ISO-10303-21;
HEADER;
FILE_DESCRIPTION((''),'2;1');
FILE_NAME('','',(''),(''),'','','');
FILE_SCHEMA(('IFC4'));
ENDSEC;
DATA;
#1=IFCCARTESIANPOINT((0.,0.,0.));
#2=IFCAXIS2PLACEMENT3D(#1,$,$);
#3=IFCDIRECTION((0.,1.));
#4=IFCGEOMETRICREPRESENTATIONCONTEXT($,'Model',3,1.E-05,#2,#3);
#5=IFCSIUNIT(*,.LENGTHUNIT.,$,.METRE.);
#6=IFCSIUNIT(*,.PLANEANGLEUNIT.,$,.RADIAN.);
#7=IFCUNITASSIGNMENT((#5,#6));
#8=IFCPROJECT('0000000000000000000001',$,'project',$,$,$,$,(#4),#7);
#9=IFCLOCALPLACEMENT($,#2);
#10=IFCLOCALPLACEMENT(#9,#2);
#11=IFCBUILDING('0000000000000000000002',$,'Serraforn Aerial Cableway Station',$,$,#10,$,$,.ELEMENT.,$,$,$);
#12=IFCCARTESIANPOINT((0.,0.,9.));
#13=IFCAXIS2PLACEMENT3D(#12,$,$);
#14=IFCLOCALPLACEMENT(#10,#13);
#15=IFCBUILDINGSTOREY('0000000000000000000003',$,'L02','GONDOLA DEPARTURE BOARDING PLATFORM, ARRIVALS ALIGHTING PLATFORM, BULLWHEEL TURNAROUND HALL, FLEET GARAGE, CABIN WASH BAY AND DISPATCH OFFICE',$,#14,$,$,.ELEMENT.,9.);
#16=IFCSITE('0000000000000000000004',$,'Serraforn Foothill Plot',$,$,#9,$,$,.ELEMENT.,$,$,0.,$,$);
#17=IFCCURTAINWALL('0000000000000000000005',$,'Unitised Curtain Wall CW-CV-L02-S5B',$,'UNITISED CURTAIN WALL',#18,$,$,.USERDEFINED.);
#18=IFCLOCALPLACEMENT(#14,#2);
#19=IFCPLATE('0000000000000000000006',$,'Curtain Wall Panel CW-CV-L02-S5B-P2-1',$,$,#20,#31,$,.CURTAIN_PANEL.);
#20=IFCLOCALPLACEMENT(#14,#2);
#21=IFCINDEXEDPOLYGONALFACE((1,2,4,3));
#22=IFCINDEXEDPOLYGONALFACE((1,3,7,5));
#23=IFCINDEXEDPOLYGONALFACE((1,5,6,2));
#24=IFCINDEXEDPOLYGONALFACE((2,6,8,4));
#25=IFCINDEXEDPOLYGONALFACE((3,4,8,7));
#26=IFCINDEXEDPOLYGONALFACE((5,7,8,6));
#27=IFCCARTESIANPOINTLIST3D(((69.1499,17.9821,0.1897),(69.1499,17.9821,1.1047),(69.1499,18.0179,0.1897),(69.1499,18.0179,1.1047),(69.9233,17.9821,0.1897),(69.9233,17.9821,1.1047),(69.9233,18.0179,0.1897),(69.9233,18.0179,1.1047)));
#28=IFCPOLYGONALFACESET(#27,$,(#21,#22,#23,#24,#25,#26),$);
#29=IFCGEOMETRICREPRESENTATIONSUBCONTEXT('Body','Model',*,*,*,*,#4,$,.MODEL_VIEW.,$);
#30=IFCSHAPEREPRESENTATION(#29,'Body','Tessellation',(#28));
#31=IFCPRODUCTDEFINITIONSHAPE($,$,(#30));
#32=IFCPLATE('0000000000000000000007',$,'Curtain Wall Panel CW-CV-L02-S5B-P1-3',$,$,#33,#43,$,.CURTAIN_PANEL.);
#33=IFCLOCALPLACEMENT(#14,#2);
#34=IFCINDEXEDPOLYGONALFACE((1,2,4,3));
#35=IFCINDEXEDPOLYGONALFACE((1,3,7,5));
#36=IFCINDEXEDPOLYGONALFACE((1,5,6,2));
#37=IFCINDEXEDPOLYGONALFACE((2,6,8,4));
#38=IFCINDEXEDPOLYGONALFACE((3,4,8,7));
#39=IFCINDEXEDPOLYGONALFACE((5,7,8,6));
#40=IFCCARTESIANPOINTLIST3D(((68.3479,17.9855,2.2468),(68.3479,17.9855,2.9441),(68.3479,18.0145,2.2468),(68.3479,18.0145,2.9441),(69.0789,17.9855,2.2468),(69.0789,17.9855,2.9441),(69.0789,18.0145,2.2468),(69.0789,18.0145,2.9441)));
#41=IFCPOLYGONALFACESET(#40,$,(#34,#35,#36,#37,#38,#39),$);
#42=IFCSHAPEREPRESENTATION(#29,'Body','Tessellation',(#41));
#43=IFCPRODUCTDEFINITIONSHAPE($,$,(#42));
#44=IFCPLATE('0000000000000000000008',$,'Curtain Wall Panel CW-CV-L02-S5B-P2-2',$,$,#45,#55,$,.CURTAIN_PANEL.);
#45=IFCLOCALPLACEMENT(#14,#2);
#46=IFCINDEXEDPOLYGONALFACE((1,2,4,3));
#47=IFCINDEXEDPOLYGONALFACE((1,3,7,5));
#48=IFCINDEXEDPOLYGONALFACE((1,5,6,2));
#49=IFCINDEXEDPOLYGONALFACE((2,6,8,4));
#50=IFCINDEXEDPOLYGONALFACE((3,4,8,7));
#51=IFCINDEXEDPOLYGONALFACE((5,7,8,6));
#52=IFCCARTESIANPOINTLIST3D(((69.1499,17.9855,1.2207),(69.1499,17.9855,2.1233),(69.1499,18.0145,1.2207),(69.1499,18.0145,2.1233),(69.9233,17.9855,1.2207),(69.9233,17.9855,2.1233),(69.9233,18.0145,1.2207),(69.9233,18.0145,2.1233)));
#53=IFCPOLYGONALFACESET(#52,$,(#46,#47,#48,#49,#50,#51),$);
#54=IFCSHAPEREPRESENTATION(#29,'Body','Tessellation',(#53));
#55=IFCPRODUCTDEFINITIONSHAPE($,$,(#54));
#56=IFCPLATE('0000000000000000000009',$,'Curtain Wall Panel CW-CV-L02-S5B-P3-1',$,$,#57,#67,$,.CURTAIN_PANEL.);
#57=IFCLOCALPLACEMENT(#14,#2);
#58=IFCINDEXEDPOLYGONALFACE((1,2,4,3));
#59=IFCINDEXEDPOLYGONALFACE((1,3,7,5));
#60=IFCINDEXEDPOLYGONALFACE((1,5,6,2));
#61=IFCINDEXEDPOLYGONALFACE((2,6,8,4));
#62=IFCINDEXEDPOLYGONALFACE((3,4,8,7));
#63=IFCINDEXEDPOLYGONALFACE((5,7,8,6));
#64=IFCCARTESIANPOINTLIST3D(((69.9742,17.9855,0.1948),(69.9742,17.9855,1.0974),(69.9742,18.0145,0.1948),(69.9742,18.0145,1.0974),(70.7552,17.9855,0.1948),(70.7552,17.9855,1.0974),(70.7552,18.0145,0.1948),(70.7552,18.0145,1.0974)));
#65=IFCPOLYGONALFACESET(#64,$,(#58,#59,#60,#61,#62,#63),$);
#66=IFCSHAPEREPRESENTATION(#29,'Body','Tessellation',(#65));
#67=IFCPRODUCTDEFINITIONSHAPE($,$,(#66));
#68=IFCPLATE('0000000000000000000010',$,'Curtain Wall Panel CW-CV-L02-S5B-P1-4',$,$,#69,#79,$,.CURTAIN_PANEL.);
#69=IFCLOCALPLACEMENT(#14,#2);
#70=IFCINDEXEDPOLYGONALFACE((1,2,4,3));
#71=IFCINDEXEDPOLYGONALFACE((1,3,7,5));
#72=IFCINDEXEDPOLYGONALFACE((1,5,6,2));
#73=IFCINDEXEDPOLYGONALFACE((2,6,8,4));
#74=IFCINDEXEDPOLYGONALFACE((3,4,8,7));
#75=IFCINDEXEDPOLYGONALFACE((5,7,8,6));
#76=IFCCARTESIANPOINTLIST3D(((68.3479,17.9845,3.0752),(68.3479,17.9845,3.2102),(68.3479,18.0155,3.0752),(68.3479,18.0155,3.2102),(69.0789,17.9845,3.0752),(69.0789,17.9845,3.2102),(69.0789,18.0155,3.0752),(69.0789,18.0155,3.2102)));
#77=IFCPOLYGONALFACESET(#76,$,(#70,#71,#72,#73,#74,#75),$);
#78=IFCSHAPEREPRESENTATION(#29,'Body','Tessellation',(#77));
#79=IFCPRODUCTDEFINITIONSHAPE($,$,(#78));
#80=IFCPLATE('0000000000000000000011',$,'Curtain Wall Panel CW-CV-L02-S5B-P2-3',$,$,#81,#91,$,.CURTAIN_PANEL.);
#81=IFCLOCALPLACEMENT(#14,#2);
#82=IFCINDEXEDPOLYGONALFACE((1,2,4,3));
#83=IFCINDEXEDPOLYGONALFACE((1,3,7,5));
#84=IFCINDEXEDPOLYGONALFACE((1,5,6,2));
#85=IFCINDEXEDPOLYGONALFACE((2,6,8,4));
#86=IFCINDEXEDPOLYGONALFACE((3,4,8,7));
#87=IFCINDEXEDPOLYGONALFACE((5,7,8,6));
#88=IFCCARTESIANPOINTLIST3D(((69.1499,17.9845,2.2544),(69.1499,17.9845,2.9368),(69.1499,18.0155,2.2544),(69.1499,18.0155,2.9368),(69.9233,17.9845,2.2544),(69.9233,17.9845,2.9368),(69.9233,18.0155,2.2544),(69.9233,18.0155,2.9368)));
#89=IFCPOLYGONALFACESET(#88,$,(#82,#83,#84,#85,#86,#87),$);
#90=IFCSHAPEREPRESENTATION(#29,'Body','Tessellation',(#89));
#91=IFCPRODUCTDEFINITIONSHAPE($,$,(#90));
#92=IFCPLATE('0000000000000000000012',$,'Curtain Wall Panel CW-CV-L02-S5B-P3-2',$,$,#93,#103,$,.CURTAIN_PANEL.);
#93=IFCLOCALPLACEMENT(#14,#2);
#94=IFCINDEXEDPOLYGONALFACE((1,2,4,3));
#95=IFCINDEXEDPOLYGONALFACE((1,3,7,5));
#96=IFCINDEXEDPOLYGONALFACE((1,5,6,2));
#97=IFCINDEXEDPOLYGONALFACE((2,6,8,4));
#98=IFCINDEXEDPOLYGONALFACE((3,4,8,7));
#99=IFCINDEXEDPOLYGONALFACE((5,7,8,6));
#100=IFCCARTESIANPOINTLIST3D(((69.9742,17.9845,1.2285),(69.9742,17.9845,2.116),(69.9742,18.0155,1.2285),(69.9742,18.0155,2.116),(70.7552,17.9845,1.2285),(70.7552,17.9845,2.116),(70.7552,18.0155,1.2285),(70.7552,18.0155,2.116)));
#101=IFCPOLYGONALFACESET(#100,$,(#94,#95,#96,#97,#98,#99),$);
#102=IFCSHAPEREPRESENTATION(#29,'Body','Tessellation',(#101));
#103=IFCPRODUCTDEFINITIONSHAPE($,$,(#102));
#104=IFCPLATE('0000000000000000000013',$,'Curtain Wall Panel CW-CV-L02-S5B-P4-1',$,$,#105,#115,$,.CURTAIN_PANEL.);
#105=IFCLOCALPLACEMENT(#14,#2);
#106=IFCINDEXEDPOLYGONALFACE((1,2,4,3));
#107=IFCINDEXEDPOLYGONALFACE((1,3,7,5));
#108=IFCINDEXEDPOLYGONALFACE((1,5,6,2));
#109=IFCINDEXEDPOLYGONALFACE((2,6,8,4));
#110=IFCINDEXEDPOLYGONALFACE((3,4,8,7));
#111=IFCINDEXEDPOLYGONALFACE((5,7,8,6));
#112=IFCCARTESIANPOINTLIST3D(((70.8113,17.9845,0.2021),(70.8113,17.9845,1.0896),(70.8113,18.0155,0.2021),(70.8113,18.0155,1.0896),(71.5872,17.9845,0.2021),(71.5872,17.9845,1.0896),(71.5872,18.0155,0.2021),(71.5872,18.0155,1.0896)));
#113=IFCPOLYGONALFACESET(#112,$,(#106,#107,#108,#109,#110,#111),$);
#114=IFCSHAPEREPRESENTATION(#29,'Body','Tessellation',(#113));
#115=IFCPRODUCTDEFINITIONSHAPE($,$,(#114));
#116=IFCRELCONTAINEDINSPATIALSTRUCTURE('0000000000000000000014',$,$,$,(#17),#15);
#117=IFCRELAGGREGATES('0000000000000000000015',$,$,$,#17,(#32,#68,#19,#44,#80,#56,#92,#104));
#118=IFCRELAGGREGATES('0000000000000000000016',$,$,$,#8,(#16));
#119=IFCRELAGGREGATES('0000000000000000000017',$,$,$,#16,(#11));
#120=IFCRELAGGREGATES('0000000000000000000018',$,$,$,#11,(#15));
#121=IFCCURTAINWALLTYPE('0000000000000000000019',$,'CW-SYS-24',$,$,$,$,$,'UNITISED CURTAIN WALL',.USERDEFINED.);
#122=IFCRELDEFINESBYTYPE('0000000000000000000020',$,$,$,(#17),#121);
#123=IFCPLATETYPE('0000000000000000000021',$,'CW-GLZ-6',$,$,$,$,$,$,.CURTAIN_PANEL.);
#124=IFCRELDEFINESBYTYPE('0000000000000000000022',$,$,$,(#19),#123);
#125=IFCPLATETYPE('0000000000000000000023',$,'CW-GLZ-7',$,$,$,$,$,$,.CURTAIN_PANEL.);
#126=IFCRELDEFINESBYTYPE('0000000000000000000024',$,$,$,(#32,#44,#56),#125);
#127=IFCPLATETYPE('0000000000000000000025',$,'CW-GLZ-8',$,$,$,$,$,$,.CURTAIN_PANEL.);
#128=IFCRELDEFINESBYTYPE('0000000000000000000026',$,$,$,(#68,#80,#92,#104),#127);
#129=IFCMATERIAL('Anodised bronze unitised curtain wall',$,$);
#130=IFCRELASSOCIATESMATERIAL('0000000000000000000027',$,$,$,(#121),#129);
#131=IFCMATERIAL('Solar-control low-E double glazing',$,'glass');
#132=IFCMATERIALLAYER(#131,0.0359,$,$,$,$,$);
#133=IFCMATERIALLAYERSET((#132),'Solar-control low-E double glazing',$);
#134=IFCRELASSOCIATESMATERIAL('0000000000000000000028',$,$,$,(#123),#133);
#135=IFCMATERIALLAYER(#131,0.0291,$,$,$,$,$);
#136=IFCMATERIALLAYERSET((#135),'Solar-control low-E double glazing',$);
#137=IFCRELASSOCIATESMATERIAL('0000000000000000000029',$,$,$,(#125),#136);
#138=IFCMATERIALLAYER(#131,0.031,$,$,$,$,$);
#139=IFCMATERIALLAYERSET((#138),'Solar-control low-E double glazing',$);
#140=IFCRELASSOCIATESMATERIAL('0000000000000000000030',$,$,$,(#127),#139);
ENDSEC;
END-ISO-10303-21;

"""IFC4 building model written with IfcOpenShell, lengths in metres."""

from ifc_helpers import new_model, si_unit, direction, frame, origin, origin_2d, place, context, subcontext, project, spatial, rectangle, extrude, material, layer, layer_set, type_object, element, aggregate, save


model = new_model("IFC4")

# Units and contexts
model_context = context("Model", 3, precision=1e-05, world=origin(), true_north=direction((0.0, 1.0)))
body_context = subcontext(model_context, "Body", "Model", "MODEL_VIEW")
ifc_project = project(units=[si_unit("LENGTHUNIT", "METRE"), si_unit("PLANEANGLEUNIT", "RADIAN")], contexts=[model_context])

# Site, building, storey
site_placement = place(None, origin())
site = spatial("IfcSite", under=ifc_project, at=site_placement, Name="Serraforn Foothill Plot", CompositionType="ELEMENT", RefElevation=0.0)
building_placement = place(site_placement, origin())
building = spatial("IfcBuilding", under=site, at=building_placement, Name="Serraforn Aerial Cableway Station", CompositionType="ELEMENT")
storey_placement = place(building_placement, frame((0.0, 0.0, 9.0)))
storey = spatial("IfcBuildingStorey", under=building, at=storey_placement, Name="L02", Description="GONDOLA DEPARTURE BOARDING PLATFORM, ARRIVALS ALIGHTING PLATFORM, BULLWHEEL TURNAROUND HALL, FLEET GARAGE, CABIN WASH BAY AND DISPATCH OFFICE", CompositionType="ELEMENT", Elevation=9.0)

# Curtain wall, plates
ifc_material_1 = material(Name="Anodised bronze unitised curtain wall")
curtain_wall_type = type_object("IfcCurtainWallType", Name="CW-SYS-24", ElementType="UNITISED CURTAIN WALL", PredefinedType="USERDEFINED", material=ifc_material_1)
curtain_wall_placement = place(storey_placement, origin())
curtain_wall = element("IfcCurtainWall", 1, at=curtain_wall_placement, inside=storey, type_object=curtain_wall_type, Name="Unitised Curtain Wall CW-CV-L02-S5B", ObjectType="UNITISED CURTAIN WALL", PredefinedType="USERDEFINED")
ifc_material_2 = material(Name="Solar-control low-E double glazing", Category="glass")
ifc_layer_1 = layer(ifc_material_2, 0.0359)
ifc_layer_set_1 = layer_set([ifc_layer_1], Name="Solar-control low-E double glazing")
plate_type_1 = type_object("IfcPlateType", Name="CW-GLZ-6", PredefinedType="CURTAIN_PANEL", material=ifc_layer_set_1)
plate_1_placement = place(storey_placement, frame((69.5366, 18.0, 0.1897), z_axis=(0.0, 0.0, 1.0), x_axis=(1.0, 0.0, 0.0)))
plate_1 = element("IfcPlate", 2, at=plate_1_placement, type_object=plate_type_1, Name="Curtain Wall Panel CW-CV-L02-S5B-P2-1", PredefinedType="CURTAIN_PANEL", context=body_context, shape_type="SweptSolid", body=[
    extrude(rectangle(XDim=0.7734, YDim=0.0359, at=origin_2d()), origin(), (0.0, 0.0, 1.0), 0.915),
])
ifc_layer_2 = layer(ifc_material_2, 0.0291)
ifc_layer_set_2 = layer_set([ifc_layer_2], Name="Solar-control low-E double glazing")
plate_type_2 = type_object("IfcPlateType", Name="CW-GLZ-7", PredefinedType="CURTAIN_PANEL", material=ifc_layer_set_2)
plate_2_placement = place(storey_placement, frame((68.7134, 18.0, 2.2468), z_axis=(0.0, 0.0, 1.0), x_axis=(1.0, 0.0, 0.0)))
plate_2 = element("IfcPlate", 3, at=plate_2_placement, type_object=plate_type_2, Name="Curtain Wall Panel CW-CV-L02-S5B-P1-3", PredefinedType="CURTAIN_PANEL", context=body_context, shape_type="SweptSolid", body=[
    extrude(rectangle(XDim=0.731, YDim=0.0291, at=origin_2d()), origin(), (0.0, 0.0, 1.0), 0.6973),
])
plate_3_placement = place(storey_placement, frame((69.5366, 18.0, 1.2207), z_axis=(0.0, 0.0, 1.0), x_axis=(1.0, 0.0, 0.0)))
plate_3 = element("IfcPlate", 4, at=plate_3_placement, type_object=plate_type_2, Name="Curtain Wall Panel CW-CV-L02-S5B-P2-2", PredefinedType="CURTAIN_PANEL", context=body_context, shape_type="SweptSolid", body=[
    extrude(rectangle(XDim=0.7734, YDim=0.0291, at=origin_2d()), origin(), (0.0, 0.0, 1.0), 0.9026),
])
plate_4_placement = place(storey_placement, frame((70.3647, 18.0, 0.1948), z_axis=(0.0, 0.0, 1.0), x_axis=(1.0, 0.0, 0.0)))
plate_4 = element("IfcPlate", 5, at=plate_4_placement, type_object=plate_type_2, Name="Curtain Wall Panel CW-CV-L02-S5B-P3-1", PredefinedType="CURTAIN_PANEL", context=body_context, shape_type="SweptSolid", body=[
    extrude(rectangle(XDim=0.781, YDim=0.0291, at=origin_2d()), origin(), (0.0, 0.0, 1.0), 0.9026),
])
ifc_layer_3 = layer(ifc_material_2, 0.031)
ifc_layer_set_3 = layer_set([ifc_layer_3], Name="Solar-control low-E double glazing")
plate_type_3 = type_object("IfcPlateType", Name="CW-GLZ-8", PredefinedType="CURTAIN_PANEL", material=ifc_layer_set_3)
plate_5_placement = place(storey_placement, frame((68.7134, 18.0, 3.0752), z_axis=(0.0, 0.0, 1.0), x_axis=(1.0, 0.0, 0.0)))
plate_5 = element("IfcPlate", 6, at=plate_5_placement, type_object=plate_type_3, Name="Curtain Wall Panel CW-CV-L02-S5B-P1-4", PredefinedType="CURTAIN_PANEL", context=body_context, shape_type="SweptSolid", body=[
    extrude(rectangle(XDim=0.731, YDim=0.031, at=origin_2d()), origin(), (0.0, 0.0, 1.0), 0.135),
])
plate_6_placement = place(storey_placement, frame((69.5366, 18.0, 2.2544), z_axis=(0.0, 0.0, 1.0), x_axis=(1.0, 0.0, 0.0)))
plate_6 = element("IfcPlate", 7, at=plate_6_placement, type_object=plate_type_3, Name="Curtain Wall Panel CW-CV-L02-S5B-P2-3", PredefinedType="CURTAIN_PANEL", context=body_context, shape_type="SweptSolid", body=[
    extrude(rectangle(XDim=0.7734, YDim=0.031, at=origin_2d()), origin(), (0.0, 0.0, 1.0), 0.6824),
])
plate_7_placement = place(storey_placement, frame((70.3647, 18.0, 1.2285), z_axis=(0.0, 0.0, 1.0), x_axis=(1.0, 0.0, 0.0)))
plate_7 = element("IfcPlate", 8, at=plate_7_placement, type_object=plate_type_3, Name="Curtain Wall Panel CW-CV-L02-S5B-P3-2", PredefinedType="CURTAIN_PANEL", context=body_context, shape_type="SweptSolid", body=[
    extrude(rectangle(XDim=0.781, YDim=0.031, at=origin_2d()), origin(), (0.0, 0.0, 1.0), 0.8875),
])
plate_8_placement = place(storey_placement, frame((71.1992, 18.0, 0.2021), z_axis=(0.0, 0.0, 1.0), x_axis=(1.0, 0.0, 0.0)))
plate_8 = element("IfcPlate", 9, at=plate_8_placement, type_object=plate_type_3, Name="Curtain Wall Panel CW-CV-L02-S5B-P4-1", PredefinedType="CURTAIN_PANEL", context=body_context, shape_type="SweptSolid", body=[
    extrude(rectangle(XDim=0.7759, YDim=0.031, at=origin_2d()), origin(), (0.0, 0.0, 1.0), 0.8875),
])
aggregate(curtain_wall, [plate_2, plate_5, plate_1, plate_3, plate_6, plate_4, plate_7, plate_8])

save(model, "model.ifc")
